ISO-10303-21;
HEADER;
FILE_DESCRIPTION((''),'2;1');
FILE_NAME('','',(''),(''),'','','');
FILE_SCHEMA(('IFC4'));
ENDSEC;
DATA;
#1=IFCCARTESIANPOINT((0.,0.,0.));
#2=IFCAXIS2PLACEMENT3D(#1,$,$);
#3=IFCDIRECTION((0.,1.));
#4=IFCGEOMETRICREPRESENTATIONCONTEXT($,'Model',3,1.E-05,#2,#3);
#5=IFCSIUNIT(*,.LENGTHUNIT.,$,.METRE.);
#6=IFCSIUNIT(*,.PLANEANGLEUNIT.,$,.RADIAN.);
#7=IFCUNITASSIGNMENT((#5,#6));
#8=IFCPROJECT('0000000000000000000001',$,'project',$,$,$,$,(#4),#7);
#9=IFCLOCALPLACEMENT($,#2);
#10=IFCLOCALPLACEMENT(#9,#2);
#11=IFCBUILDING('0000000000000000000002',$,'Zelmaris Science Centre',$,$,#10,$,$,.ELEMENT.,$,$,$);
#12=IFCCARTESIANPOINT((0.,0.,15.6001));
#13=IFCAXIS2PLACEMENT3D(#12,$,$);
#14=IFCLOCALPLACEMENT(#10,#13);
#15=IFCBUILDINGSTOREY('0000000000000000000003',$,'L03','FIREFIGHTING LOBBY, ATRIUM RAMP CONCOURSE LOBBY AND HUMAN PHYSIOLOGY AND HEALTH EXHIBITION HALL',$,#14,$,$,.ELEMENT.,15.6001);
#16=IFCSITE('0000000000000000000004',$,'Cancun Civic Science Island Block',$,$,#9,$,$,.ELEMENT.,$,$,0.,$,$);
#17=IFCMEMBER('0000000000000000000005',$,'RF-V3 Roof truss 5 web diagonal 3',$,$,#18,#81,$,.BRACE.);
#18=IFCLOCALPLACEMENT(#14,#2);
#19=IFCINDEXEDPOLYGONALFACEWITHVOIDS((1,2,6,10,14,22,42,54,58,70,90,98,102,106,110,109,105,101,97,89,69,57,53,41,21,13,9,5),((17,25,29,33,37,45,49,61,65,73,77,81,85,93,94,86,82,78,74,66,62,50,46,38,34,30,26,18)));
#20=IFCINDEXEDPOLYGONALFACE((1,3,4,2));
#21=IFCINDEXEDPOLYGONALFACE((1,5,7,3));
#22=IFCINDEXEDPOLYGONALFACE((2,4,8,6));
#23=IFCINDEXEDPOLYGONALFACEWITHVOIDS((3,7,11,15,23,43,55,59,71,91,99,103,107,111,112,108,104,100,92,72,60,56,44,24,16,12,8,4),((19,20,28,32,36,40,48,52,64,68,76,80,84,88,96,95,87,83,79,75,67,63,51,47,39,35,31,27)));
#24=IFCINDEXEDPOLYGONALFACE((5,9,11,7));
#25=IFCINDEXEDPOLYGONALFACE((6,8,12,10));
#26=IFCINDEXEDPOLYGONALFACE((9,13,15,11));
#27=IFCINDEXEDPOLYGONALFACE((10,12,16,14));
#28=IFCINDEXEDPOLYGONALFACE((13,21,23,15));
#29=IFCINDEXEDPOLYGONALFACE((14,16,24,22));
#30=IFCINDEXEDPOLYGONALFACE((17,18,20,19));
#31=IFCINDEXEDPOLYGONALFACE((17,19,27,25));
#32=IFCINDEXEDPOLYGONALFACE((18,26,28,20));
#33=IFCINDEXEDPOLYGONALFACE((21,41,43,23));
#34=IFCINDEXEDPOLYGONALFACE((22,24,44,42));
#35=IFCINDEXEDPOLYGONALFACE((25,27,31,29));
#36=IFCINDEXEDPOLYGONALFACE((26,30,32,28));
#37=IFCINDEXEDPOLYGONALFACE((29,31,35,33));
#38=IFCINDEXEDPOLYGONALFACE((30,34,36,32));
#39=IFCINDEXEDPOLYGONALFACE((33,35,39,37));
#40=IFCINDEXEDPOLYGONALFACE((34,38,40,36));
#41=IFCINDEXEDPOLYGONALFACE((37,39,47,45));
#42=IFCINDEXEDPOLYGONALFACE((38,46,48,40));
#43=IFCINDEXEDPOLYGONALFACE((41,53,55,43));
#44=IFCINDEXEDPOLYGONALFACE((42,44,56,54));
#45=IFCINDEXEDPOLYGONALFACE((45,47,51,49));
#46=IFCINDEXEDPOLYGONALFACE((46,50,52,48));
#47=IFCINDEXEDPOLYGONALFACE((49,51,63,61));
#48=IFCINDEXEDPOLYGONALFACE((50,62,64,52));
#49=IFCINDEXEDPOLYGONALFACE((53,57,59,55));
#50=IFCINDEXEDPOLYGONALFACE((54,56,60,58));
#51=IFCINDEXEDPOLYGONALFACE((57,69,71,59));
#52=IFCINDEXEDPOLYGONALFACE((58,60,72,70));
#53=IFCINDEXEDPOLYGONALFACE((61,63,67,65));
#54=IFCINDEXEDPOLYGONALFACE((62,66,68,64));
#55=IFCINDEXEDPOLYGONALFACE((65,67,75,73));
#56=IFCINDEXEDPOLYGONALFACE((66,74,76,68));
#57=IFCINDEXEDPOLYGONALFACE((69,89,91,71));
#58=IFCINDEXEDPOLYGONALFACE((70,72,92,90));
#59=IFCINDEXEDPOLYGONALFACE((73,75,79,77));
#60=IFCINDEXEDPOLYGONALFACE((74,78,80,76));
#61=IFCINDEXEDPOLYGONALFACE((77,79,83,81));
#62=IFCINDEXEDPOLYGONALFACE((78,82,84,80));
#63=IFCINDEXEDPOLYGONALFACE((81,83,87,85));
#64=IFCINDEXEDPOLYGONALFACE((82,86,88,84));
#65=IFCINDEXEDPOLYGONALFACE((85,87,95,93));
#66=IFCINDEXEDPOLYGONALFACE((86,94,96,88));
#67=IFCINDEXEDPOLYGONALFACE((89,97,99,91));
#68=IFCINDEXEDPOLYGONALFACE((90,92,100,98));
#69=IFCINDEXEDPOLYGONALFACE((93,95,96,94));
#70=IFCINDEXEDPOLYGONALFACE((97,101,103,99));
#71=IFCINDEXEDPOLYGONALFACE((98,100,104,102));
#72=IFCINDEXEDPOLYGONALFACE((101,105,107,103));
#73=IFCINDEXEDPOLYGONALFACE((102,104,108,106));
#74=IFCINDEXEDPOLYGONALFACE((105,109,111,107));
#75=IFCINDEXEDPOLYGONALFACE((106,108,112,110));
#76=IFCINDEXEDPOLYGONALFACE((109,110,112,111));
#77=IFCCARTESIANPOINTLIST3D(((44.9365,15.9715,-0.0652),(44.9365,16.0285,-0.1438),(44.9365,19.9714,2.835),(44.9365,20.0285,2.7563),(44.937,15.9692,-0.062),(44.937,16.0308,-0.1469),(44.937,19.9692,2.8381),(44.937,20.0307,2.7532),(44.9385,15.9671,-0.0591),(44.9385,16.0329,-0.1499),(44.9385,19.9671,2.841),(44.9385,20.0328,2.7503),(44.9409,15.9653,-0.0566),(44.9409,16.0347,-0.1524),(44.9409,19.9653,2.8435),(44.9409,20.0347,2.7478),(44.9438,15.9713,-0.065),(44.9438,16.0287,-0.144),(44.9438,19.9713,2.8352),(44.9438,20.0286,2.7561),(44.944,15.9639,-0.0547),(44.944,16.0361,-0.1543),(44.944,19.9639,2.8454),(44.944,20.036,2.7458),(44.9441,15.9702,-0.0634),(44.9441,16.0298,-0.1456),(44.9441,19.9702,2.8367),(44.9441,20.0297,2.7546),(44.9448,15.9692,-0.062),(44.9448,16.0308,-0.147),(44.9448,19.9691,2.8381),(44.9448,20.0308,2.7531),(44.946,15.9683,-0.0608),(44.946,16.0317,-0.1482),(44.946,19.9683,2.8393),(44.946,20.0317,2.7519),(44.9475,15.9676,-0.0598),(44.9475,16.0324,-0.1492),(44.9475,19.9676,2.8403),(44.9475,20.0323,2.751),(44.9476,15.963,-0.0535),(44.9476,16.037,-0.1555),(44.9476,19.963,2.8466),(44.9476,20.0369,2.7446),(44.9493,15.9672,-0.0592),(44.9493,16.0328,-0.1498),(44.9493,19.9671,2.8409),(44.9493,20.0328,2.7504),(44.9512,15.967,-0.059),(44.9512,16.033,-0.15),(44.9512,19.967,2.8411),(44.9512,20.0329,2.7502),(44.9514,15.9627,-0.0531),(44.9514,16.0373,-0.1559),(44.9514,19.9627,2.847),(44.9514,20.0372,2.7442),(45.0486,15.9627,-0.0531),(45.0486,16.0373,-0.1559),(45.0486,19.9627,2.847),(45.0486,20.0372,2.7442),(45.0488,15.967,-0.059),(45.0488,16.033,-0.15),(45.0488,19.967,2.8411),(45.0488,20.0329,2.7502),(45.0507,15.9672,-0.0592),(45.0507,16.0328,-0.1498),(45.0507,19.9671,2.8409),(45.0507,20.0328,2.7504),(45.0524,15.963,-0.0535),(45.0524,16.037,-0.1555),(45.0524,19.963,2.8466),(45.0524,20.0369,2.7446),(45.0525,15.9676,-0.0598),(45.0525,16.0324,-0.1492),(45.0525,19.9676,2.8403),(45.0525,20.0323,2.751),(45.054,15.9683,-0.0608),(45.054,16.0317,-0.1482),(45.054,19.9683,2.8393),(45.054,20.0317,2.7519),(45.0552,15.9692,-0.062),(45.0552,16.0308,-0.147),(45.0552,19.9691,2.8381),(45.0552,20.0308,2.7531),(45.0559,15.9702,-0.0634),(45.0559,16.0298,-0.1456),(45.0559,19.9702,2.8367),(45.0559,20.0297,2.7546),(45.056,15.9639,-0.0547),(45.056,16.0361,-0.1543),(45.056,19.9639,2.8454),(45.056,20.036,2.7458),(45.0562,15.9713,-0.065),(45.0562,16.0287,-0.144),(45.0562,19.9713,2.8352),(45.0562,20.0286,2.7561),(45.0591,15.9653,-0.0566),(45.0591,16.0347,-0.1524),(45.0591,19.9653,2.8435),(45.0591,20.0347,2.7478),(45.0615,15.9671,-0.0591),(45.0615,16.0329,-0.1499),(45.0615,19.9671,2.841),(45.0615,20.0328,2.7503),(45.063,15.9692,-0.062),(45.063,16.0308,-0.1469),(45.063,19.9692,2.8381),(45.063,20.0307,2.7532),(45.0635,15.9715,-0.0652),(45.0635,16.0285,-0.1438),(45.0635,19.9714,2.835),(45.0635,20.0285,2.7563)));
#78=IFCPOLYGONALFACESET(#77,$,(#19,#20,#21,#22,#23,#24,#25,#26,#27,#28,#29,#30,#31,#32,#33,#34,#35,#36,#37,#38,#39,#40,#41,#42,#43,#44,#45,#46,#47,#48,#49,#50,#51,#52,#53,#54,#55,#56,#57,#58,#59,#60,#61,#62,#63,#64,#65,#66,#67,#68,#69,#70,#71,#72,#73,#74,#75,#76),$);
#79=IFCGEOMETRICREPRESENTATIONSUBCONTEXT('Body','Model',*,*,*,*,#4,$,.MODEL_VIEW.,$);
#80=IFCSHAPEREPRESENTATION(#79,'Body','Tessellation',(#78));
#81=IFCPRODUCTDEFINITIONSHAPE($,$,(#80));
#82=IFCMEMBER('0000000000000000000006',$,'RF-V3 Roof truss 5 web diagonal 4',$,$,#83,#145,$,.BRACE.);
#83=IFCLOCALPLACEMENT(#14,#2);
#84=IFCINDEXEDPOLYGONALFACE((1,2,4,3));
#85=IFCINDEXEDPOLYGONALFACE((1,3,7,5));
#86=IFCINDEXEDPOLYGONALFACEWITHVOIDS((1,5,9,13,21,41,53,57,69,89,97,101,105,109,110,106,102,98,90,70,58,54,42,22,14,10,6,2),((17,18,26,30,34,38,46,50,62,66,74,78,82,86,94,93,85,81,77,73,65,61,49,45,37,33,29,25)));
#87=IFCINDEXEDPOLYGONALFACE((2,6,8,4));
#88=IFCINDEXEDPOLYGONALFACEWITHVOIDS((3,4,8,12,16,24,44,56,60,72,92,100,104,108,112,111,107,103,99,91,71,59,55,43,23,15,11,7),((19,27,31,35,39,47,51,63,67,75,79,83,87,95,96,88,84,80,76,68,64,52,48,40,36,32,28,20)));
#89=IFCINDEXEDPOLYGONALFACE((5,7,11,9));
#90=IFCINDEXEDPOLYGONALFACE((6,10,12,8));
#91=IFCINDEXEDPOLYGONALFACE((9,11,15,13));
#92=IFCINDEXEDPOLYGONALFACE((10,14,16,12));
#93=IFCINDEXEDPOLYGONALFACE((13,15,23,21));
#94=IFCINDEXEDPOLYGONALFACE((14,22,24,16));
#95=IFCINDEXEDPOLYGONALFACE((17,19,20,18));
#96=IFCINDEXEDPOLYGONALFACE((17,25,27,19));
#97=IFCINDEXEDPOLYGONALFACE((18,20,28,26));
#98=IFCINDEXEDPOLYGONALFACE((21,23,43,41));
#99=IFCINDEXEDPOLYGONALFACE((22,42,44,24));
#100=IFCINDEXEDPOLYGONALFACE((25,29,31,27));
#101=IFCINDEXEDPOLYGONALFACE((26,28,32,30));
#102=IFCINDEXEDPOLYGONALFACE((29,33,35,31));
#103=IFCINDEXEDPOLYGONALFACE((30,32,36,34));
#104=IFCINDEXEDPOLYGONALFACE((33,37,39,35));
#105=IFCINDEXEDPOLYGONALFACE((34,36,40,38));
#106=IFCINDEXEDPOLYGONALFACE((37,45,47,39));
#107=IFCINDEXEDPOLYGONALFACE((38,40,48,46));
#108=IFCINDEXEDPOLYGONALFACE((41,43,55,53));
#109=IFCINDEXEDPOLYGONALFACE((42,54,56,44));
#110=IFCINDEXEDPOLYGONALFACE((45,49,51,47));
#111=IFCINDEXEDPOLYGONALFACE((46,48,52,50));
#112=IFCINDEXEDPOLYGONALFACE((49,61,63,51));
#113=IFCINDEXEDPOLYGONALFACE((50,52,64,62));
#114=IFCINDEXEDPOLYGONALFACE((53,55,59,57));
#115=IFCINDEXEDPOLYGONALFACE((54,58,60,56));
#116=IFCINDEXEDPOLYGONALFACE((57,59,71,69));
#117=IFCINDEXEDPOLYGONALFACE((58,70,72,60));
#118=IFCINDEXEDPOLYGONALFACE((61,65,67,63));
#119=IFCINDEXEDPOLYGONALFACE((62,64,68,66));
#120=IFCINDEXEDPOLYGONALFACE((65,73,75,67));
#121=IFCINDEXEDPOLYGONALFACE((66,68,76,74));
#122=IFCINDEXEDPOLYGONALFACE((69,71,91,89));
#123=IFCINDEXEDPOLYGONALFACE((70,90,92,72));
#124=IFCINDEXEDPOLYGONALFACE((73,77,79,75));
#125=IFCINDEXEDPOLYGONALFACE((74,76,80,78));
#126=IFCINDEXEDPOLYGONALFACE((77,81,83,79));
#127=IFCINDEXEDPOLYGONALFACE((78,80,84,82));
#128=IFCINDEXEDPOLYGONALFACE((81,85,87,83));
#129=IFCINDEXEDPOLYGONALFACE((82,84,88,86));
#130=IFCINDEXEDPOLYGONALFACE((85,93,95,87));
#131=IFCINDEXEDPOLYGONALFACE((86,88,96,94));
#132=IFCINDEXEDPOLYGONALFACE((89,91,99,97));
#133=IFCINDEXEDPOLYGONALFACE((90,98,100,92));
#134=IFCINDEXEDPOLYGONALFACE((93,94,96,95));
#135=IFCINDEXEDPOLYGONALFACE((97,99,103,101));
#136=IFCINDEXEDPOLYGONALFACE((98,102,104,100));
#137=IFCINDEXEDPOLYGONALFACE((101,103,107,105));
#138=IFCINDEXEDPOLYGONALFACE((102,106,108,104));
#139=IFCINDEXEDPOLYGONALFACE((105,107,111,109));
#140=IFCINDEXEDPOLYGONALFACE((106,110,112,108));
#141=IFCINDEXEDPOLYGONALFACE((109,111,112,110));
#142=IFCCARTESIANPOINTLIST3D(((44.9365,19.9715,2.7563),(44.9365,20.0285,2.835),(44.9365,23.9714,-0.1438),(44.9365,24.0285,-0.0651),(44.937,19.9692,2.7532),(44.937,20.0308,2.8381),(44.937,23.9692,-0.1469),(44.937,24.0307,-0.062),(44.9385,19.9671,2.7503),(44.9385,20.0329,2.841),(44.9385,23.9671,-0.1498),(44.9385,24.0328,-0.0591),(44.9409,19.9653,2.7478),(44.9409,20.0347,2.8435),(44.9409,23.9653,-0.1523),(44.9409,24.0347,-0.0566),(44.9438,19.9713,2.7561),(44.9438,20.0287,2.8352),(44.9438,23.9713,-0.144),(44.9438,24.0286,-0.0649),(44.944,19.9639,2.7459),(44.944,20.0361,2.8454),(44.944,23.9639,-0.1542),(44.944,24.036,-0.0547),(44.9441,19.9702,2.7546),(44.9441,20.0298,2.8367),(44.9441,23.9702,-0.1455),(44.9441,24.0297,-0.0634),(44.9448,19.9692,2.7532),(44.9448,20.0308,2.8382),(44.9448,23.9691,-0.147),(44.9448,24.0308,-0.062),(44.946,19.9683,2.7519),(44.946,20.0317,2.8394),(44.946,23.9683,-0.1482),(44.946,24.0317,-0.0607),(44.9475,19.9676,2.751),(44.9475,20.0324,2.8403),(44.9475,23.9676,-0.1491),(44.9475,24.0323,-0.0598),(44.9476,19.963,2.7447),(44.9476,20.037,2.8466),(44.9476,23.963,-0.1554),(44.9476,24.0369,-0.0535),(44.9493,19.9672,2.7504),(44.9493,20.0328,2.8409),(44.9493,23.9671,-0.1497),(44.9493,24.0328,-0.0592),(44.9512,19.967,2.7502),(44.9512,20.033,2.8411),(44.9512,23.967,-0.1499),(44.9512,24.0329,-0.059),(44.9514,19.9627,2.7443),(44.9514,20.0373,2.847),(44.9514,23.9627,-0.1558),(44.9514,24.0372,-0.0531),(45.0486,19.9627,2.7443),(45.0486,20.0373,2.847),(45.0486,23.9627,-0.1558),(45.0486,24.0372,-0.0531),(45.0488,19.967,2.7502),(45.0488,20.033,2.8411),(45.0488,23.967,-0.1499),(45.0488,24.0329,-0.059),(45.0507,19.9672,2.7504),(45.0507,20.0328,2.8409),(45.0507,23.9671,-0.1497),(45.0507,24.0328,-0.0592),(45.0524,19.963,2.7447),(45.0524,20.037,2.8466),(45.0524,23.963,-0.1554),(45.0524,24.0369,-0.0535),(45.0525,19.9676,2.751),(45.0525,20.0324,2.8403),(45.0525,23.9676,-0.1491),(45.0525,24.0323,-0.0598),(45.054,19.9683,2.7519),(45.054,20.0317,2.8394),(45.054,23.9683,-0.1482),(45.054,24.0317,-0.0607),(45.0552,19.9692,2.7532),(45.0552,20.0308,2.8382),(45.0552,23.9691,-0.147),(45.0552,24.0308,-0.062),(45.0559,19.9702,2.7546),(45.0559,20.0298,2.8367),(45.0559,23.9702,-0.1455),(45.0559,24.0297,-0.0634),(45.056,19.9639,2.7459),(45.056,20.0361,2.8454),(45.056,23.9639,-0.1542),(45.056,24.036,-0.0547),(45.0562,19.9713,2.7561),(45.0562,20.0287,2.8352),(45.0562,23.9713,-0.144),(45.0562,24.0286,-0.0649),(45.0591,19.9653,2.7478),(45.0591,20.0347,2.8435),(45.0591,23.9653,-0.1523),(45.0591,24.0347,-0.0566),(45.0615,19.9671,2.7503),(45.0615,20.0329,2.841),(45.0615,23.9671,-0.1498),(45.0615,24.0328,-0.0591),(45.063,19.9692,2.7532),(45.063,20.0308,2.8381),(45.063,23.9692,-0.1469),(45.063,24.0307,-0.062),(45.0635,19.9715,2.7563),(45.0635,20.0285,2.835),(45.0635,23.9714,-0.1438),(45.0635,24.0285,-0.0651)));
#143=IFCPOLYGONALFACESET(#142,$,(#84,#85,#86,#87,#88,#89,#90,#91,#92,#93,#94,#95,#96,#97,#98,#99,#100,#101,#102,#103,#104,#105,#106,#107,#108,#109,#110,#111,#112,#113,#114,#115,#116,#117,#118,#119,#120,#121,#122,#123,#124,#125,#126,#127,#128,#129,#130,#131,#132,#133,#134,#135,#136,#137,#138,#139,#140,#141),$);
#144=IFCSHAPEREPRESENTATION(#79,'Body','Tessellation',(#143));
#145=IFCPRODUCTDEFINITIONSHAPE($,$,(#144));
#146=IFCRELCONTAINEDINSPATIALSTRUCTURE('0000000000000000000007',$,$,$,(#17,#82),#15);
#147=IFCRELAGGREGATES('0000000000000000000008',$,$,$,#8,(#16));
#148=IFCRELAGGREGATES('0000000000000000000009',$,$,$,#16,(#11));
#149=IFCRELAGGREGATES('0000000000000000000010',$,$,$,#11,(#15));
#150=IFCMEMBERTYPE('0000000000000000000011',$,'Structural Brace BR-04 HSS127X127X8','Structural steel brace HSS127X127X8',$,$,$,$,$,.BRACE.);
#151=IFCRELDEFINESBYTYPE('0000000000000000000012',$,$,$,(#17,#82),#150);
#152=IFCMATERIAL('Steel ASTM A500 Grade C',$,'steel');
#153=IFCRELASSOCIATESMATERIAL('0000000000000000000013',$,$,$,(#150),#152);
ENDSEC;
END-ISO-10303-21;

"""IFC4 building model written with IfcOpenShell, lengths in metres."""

from ifc_helpers import new_model, si_unit, direction, frame, origin, origin_2d, place, context, subcontext, project, spatial, hollow_rectangle, extrude, material, material_profile, profile_set, type_object, element, save


model = new_model("IFC4")

# Units and contexts
model_context = context("Model", 3, precision=1e-05, world=origin(), true_north=direction((0.0, 1.0)))
body_context = subcontext(model_context, "Body", "Model", "MODEL_VIEW")
ifc_project = project(units=[si_unit("LENGTHUNIT", "METRE"), si_unit("PLANEANGLEUNIT", "RADIAN")], contexts=[model_context])

# Site, building, storey
site_placement = place(None, origin())
site = spatial("IfcSite", under=ifc_project, at=site_placement, Name="Cancun Civic Science Island Block", CompositionType="ELEMENT", RefElevation=0.0)
building_placement = place(site_placement, origin())
building = spatial("IfcBuilding", under=site, at=building_placement, Name="Zelmaris Science Centre", CompositionType="ELEMENT")
storey_placement = place(building_placement, frame((0.0, 0.0, 15.6001)))
storey = spatial("IfcBuildingStorey", under=building, at=storey_placement, Name="L03", Description="FIREFIGHTING LOBBY, ATRIUM RAMP CONCOURSE LOBBY AND HUMAN PHYSIOLOGY AND HEALTH EXHIBITION HALL", CompositionType="ELEMENT", Elevation=15.6001)

# Shared definitions
ifc_material = material(Name="Steel ASTM A500 Grade C", Category="steel")

# Members
ifc_material_profile_1 = material_profile(ifc_material, hollow_rectangle(XDim=0.127, YDim=0.127, WallThickness=0.0073, InnerFilletRadius=0.0073, OuterFilletRadius=0.0149, at=origin_2d()), Name="HSS127X127X8")
ifc_profile_set_1 = profile_set([ifc_material_profile_1], Name="Steel ASTM A500 Grade C")
member_type_1 = type_object("IfcMemberType", Name="Structural Brace BR-04 HSS127X127X8", Description="Structural steel brace HSS127X127X8", PredefinedType="BRACE", material=ifc_profile_set_1)
for number, where, z_axis, x_axis, name in (
    (1, (45.0, 16.0, -0.1045), (0.0, 0.809596, 0.586987), (-1.0, 0.0, 0.0), "RF-V3 Roof truss 5 web diagonal 3"),
    (2, (45.0, 20.0, 2.7957), (0.0, 0.809596, -0.586987), (-1.0, 0.0, 0.0), "RF-V3 Roof truss 5 web diagonal 4"),
):
    element("IfcMember", number, at=place(storey_placement, frame(where, z_axis=z_axis, x_axis=x_axis)), inside=storey, type_object=member_type_1, Name=name, PredefinedType="BRACE", context=body_context, shape_type="SweptSolid", body=[
        extrude(hollow_rectangle(XDim=0.127, YDim=0.127, WallThickness=0.0073, InnerFilletRadius=0.0073, OuterFilletRadius=0.0149, at=origin_2d()), origin(), (0.0, 0.0, 1.0), 4.9407),
    ])

save(model, "model.ifc")
